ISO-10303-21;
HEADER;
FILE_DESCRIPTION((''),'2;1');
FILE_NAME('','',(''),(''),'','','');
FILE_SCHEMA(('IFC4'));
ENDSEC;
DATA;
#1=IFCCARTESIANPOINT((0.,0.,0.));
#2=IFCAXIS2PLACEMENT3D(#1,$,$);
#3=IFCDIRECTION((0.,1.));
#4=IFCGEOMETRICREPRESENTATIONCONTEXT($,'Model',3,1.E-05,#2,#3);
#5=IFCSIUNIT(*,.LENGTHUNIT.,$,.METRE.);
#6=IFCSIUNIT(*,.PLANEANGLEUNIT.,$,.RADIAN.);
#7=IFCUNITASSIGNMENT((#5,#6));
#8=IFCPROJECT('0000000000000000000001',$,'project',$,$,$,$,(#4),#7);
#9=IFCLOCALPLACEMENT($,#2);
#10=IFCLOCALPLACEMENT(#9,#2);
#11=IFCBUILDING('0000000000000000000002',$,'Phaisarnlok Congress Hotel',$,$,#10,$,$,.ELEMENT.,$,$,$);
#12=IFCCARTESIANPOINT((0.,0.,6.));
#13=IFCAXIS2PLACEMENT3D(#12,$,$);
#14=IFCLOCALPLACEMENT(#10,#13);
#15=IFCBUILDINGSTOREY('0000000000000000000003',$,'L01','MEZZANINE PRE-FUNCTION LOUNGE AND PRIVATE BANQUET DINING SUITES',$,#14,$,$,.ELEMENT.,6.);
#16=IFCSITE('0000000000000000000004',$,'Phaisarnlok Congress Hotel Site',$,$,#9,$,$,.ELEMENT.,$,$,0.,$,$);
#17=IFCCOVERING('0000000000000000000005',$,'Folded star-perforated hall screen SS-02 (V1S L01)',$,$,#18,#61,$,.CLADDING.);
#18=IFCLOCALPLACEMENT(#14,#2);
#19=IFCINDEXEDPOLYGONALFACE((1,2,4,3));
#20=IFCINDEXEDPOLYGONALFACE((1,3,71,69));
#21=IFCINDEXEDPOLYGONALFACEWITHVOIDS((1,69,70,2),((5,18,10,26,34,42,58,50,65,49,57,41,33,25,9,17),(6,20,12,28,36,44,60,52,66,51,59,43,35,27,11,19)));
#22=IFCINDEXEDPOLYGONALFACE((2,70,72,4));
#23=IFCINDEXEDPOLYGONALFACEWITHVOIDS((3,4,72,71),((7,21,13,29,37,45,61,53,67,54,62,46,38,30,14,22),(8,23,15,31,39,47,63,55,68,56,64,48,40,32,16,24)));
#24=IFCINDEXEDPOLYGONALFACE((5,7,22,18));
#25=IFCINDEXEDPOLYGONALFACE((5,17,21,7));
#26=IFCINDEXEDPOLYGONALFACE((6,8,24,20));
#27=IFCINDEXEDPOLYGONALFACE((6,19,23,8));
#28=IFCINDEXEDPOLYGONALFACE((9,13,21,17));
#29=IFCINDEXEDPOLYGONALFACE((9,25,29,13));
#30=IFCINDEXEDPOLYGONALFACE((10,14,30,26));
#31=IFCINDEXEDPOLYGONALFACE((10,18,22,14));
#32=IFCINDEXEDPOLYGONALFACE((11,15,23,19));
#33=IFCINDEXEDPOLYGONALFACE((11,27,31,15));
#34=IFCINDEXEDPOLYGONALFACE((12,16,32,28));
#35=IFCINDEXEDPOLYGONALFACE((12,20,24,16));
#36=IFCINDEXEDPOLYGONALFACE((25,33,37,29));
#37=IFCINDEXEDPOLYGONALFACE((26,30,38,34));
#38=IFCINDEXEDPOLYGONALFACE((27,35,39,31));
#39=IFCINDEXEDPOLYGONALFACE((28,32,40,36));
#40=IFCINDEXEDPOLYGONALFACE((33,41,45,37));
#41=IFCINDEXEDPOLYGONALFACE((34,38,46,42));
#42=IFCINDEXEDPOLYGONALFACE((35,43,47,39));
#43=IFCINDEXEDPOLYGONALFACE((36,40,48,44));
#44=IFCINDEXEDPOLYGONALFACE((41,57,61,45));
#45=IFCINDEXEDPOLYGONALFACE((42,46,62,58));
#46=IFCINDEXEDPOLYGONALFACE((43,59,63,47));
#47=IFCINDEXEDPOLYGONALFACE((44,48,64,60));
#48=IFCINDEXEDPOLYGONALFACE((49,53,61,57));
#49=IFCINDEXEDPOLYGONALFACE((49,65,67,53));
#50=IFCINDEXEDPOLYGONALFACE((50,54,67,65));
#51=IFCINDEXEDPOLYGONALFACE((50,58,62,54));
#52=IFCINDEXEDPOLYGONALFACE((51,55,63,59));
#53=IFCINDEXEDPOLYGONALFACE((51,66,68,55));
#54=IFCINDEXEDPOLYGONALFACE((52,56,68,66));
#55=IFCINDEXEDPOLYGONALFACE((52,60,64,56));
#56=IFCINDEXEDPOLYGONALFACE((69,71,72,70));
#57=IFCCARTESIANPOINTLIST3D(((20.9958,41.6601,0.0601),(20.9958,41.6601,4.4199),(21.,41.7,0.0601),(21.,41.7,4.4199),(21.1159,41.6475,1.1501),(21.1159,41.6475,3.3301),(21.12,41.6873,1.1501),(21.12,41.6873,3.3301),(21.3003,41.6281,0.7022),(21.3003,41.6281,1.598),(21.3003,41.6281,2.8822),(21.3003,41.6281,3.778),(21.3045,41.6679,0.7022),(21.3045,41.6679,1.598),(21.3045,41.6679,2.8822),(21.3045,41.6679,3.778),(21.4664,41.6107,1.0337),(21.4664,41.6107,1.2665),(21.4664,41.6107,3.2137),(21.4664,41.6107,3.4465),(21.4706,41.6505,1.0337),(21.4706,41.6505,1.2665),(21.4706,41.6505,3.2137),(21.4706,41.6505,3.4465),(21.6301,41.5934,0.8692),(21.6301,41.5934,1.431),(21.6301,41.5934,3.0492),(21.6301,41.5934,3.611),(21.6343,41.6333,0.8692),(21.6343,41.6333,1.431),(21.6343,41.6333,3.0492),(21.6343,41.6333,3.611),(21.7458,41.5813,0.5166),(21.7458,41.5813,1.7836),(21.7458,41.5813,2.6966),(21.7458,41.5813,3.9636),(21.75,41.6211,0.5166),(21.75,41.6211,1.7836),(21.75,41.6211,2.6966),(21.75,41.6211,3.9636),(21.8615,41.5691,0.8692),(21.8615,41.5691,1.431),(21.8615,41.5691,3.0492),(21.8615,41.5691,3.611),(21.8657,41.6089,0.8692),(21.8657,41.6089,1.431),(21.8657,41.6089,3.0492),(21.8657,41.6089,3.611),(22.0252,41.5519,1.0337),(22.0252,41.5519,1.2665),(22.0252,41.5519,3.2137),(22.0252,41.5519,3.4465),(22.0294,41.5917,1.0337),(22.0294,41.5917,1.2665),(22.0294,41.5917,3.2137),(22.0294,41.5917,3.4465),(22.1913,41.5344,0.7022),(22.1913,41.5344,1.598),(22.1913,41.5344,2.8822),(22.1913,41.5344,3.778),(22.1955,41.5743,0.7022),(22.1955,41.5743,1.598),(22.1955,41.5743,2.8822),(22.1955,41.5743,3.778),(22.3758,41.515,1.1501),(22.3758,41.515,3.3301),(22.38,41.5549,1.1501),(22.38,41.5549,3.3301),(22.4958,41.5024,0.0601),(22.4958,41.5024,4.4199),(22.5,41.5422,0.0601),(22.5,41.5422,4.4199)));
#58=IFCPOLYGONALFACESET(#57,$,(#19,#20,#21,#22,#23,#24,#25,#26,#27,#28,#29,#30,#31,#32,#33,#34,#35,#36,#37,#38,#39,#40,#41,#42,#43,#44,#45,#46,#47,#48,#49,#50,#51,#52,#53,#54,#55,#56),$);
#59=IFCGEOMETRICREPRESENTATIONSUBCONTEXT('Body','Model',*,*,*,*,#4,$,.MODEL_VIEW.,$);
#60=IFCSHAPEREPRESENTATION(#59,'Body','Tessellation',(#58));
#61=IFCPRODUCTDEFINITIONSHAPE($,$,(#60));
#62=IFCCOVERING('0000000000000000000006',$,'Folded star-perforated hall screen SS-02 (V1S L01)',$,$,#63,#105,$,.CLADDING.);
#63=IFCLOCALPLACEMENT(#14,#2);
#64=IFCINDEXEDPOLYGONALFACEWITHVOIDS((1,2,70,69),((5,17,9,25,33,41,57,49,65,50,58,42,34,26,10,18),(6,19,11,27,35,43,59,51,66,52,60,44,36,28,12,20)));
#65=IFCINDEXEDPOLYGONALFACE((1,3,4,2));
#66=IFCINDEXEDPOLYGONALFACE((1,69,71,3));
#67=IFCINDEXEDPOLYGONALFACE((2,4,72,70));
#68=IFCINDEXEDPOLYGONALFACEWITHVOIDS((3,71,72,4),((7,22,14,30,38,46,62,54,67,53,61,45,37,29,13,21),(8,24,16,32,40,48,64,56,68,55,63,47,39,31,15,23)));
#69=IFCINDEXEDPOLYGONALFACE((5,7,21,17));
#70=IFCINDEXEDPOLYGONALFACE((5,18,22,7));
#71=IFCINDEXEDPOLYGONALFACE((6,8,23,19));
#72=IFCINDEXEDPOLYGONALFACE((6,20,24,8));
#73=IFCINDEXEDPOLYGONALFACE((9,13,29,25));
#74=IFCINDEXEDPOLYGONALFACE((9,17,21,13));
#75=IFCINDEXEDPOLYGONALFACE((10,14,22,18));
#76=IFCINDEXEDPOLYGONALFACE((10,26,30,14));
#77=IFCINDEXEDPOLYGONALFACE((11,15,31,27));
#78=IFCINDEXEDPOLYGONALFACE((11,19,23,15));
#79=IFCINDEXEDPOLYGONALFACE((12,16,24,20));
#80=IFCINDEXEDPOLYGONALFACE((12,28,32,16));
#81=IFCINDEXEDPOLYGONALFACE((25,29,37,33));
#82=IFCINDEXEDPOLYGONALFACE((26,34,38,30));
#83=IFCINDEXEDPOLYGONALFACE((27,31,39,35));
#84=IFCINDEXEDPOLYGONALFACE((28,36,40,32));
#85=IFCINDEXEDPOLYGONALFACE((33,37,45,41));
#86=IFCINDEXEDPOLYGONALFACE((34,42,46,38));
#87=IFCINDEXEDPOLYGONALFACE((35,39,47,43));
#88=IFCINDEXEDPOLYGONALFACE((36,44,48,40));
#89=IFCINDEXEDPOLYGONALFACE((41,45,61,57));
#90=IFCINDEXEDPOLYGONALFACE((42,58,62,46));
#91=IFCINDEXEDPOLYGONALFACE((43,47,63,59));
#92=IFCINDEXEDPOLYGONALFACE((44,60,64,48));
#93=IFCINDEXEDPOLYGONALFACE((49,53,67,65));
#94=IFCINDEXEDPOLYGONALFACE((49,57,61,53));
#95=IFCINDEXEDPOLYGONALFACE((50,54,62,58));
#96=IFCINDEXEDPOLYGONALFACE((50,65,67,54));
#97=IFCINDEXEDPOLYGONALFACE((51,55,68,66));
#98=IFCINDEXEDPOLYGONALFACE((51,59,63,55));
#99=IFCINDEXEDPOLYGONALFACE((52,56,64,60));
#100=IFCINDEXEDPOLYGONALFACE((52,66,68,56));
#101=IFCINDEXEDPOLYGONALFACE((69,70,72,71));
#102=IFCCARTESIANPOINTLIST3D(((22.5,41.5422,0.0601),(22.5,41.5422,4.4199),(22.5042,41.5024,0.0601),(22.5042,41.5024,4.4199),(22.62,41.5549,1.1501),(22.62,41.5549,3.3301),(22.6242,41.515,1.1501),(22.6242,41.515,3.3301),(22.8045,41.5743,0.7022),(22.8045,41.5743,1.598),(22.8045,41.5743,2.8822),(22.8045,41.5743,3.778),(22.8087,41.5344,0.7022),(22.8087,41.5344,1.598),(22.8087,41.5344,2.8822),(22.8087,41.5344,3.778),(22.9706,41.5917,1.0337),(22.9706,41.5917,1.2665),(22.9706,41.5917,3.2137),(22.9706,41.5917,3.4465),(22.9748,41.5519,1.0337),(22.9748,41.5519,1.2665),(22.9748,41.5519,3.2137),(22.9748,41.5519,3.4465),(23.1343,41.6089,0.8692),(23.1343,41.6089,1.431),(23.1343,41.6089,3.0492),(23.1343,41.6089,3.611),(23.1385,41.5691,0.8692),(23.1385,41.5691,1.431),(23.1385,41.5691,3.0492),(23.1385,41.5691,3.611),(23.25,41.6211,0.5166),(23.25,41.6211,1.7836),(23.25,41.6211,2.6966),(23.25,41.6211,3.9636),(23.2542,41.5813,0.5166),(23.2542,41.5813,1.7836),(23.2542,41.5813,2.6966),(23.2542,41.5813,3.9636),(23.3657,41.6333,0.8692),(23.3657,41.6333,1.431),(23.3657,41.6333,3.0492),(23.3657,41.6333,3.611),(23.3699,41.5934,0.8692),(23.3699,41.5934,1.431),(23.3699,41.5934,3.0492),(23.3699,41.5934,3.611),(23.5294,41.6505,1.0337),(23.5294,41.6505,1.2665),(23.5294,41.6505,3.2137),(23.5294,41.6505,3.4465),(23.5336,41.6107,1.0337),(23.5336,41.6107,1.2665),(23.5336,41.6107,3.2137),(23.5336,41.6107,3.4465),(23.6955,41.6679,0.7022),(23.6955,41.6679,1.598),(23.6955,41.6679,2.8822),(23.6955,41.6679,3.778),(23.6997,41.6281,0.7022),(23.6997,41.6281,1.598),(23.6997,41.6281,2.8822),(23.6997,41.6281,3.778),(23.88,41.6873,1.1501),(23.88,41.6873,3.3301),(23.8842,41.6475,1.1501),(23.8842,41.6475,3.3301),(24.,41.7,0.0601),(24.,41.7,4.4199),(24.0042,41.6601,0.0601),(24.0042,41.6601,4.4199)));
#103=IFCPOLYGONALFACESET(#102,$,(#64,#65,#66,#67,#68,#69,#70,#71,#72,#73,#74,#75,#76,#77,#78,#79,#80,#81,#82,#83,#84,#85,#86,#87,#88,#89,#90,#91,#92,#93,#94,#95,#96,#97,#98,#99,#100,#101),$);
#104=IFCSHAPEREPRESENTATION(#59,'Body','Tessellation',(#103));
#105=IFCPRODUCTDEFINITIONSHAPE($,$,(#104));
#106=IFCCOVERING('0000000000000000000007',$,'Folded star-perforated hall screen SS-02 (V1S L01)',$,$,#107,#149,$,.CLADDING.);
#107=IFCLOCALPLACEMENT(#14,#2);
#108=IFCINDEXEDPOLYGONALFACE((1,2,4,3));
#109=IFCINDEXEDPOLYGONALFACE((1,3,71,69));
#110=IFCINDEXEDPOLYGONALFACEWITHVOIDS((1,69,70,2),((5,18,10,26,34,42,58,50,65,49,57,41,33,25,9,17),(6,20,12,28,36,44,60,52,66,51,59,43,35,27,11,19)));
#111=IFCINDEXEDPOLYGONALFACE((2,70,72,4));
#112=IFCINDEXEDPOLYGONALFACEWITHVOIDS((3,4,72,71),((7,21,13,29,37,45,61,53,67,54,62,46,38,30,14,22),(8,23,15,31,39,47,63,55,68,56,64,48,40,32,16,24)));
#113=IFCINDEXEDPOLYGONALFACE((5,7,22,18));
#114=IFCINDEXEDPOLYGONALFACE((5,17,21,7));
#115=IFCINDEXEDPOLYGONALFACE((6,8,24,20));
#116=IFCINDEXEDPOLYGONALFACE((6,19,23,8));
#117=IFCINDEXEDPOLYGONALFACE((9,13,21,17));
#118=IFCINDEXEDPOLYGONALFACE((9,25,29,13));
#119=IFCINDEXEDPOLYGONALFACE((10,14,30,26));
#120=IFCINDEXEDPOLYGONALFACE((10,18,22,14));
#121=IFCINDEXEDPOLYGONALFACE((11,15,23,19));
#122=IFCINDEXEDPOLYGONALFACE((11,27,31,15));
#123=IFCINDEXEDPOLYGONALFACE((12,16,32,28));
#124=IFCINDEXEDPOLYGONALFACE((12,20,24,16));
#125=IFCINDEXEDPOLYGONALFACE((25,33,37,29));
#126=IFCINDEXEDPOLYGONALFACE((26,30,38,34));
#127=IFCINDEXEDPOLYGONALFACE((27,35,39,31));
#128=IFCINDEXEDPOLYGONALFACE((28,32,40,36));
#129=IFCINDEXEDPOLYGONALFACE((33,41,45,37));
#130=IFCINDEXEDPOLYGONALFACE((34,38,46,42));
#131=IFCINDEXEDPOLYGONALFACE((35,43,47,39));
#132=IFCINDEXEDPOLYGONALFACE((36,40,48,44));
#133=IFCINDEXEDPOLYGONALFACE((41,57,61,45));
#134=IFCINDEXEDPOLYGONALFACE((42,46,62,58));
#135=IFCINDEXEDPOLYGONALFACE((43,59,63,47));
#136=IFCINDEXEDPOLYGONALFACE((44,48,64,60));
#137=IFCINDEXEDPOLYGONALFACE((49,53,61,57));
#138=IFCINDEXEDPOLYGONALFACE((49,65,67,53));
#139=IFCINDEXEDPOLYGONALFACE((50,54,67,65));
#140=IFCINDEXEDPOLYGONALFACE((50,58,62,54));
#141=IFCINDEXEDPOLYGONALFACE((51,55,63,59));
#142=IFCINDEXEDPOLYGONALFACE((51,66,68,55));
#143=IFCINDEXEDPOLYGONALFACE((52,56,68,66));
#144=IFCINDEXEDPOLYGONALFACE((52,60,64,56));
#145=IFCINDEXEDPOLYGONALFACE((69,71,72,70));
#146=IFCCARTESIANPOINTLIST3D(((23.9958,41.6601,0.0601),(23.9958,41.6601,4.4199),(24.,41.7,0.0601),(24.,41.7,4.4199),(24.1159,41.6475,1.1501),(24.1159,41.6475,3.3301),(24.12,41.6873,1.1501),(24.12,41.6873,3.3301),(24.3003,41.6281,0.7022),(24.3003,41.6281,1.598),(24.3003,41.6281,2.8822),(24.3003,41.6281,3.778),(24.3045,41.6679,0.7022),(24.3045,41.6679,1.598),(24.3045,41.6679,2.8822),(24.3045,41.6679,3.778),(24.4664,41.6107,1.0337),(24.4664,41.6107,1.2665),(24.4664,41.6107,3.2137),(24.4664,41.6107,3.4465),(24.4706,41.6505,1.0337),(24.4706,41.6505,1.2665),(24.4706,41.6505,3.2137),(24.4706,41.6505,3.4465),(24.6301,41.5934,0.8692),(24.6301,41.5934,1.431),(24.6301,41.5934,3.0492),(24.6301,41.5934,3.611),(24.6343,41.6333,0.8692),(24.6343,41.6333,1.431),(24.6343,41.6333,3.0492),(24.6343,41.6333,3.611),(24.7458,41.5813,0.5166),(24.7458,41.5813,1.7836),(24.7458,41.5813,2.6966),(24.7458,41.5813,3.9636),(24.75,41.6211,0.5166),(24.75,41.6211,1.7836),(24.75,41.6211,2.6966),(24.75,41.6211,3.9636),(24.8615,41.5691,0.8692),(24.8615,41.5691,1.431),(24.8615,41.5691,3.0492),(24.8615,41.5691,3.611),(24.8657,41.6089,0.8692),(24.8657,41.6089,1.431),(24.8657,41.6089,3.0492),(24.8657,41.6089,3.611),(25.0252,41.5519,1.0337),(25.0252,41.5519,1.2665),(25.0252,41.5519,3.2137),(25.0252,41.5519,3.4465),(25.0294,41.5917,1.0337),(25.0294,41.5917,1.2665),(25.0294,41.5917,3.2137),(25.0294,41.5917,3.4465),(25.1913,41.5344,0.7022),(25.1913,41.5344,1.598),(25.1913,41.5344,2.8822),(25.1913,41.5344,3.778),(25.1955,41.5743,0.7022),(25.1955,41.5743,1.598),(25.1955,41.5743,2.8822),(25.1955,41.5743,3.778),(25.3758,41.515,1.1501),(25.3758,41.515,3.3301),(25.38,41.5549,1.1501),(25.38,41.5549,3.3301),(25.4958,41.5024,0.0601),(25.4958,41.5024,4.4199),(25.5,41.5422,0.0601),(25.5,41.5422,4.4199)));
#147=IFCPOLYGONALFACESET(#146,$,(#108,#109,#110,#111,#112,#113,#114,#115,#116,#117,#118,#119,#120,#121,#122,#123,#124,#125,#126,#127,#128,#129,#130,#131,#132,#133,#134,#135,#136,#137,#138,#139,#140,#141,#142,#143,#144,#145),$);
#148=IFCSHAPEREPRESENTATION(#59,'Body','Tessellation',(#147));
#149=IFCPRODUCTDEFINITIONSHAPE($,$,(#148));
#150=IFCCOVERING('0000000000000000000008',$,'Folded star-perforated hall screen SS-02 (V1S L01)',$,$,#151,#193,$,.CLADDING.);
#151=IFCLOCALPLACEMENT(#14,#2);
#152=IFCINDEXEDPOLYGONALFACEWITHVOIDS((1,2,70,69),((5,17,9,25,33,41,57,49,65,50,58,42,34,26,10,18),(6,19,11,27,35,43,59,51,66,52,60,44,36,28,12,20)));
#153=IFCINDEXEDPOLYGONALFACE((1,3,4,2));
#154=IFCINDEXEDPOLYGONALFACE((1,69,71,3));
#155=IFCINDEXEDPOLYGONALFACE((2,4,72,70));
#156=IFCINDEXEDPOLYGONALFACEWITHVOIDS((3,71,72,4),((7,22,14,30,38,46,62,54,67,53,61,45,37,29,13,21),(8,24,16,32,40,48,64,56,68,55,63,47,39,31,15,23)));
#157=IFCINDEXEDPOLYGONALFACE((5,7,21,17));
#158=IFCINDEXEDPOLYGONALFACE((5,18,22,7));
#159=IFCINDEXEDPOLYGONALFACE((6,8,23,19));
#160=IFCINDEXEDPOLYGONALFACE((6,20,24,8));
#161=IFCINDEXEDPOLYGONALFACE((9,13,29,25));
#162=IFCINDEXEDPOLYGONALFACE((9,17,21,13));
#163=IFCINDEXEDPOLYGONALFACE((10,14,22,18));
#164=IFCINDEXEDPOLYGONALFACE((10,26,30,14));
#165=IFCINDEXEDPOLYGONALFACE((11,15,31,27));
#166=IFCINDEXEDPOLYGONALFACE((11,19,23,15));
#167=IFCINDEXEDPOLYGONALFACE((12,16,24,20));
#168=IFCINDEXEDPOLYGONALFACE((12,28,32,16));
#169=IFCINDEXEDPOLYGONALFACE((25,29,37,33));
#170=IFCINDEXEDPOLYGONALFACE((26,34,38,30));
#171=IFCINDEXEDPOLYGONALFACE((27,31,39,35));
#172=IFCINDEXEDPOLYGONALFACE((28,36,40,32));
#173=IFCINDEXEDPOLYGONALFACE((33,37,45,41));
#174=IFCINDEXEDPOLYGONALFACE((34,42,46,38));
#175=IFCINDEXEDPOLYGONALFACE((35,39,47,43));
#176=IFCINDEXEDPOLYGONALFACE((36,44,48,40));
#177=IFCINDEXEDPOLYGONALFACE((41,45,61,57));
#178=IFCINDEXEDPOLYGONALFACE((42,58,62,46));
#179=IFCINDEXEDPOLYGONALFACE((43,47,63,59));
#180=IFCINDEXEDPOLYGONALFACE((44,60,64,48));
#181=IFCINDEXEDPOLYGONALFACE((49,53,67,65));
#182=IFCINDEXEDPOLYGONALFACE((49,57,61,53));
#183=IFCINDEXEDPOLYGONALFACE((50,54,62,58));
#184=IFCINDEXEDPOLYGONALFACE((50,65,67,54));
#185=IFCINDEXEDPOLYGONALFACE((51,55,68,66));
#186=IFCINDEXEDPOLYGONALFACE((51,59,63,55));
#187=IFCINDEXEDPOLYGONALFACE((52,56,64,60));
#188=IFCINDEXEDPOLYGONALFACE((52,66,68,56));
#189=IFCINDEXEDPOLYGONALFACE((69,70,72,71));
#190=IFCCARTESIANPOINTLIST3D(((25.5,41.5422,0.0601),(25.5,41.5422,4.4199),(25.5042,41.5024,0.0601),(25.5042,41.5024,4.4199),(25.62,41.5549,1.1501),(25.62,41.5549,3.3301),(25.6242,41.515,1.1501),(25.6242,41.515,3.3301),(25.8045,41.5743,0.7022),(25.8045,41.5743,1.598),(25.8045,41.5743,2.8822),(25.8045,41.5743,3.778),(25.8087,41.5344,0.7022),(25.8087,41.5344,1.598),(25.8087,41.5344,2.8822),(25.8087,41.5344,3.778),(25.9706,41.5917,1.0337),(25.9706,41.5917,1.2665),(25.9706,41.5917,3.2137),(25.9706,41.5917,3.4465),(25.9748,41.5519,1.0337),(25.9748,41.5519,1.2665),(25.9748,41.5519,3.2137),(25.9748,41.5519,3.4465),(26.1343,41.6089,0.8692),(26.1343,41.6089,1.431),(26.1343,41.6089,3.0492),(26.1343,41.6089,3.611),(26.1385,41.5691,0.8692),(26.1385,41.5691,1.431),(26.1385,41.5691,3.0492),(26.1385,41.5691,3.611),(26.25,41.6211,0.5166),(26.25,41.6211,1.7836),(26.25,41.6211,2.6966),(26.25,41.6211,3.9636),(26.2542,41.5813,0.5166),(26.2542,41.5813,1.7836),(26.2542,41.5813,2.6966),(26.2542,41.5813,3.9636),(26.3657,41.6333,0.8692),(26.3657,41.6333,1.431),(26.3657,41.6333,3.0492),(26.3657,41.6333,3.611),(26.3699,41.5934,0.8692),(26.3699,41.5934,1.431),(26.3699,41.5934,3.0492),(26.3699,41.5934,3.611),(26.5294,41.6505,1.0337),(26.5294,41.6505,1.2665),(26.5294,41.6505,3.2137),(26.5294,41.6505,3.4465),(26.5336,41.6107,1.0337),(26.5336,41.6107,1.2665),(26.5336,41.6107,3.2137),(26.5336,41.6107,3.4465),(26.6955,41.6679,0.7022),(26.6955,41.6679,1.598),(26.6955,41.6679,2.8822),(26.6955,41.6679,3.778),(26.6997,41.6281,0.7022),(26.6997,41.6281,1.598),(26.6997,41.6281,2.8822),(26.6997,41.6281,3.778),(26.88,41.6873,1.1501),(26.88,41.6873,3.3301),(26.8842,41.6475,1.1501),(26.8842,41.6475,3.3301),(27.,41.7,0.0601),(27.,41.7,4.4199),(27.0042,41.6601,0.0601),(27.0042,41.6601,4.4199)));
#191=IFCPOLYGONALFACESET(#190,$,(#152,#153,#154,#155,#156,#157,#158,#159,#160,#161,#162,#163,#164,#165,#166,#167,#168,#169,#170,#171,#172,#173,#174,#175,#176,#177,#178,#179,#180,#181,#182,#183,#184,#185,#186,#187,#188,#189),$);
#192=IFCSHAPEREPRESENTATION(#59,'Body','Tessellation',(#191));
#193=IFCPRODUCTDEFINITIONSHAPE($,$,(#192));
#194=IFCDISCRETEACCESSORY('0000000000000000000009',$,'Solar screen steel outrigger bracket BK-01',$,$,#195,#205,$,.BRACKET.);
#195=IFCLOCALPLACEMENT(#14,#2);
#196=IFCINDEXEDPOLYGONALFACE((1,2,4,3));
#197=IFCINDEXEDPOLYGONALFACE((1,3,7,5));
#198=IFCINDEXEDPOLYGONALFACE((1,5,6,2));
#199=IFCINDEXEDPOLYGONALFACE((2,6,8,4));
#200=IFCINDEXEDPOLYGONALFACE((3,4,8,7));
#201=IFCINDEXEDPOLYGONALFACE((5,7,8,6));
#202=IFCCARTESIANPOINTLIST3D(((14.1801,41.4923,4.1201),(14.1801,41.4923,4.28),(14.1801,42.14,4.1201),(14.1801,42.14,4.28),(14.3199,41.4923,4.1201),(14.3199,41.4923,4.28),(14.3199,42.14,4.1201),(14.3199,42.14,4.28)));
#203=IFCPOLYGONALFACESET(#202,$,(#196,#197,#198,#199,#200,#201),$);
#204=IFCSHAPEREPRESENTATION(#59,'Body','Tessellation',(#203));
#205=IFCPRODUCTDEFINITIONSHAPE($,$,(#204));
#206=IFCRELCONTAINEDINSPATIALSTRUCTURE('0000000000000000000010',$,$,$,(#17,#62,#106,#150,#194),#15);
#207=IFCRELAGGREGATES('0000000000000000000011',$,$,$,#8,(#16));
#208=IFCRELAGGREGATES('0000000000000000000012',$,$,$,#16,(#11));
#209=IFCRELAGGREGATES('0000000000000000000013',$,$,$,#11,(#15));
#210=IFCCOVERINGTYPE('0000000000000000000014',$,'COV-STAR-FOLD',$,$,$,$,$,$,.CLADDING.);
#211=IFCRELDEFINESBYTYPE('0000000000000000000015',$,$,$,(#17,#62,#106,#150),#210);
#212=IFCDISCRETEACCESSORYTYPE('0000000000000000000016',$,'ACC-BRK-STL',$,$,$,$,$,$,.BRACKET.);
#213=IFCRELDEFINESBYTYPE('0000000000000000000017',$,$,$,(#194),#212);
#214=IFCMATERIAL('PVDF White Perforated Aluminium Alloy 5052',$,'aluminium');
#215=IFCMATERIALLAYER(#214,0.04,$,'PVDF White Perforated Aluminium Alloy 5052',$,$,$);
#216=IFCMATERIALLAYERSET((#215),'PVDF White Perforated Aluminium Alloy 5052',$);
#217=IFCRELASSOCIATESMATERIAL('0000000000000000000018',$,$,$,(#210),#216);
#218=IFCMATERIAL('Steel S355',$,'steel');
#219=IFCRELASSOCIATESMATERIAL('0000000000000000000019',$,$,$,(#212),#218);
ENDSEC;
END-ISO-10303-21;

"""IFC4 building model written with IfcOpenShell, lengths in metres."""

from ifc_helpers import new_model, si_unit, direction, frame, origin, origin_2d, place, context, subcontext, project, spatial, polyline, rectangle, outline, extrude, material, layer, layer_set, type_object, element, save


model = new_model("IFC4")

# Units and contexts
model_context = context("Model", 3, precision=1e-05, world=origin(), true_north=direction((0.0, 1.0)))
body_context = subcontext(model_context, "Body", "Model", "MODEL_VIEW")
ifc_project = project(units=[si_unit("LENGTHUNIT", "METRE"), si_unit("PLANEANGLEUNIT", "RADIAN")], contexts=[model_context])

# Site, building, storey
site_placement = place(None, origin())
site = spatial("IfcSite", under=ifc_project, at=site_placement, Name="Phaisarnlok Congress Hotel Site", CompositionType="ELEMENT", RefElevation=0.0)
building_placement = place(site_placement, origin())
building = spatial("IfcBuilding", under=site, at=building_placement, Name="Phaisarnlok Congress Hotel", CompositionType="ELEMENT")
storey_placement = place(building_placement, frame((0.0, 0.0, 6.0)))
storey = spatial("IfcBuildingStorey", under=building, at=storey_placement, Name="L01", Description="MEZZANINE PRE-FUNCTION LOUNGE AND PRIVATE BANQUET DINING SUITES", CompositionType="ELEMENT", Elevation=6.0)

# Coverings
ifc_material_1 = material(Name="PVDF White Perforated Aluminium Alloy 5052", Category="aluminium")
ifc_layer = layer(ifc_material_1, 0.04, Name="PVDF White Perforated Aluminium Alloy 5052")
ifc_layer_set = layer_set([ifc_layer], Name="PVDF White Perforated Aluminium Alloy 5052")
covering_type = type_object("IfcCoveringType", Name="COV-STAR-FOLD", PredefinedType="CLADDING", material=ifc_layer_set)
for number, where, z_axis, x_axis, name in (
    (1, (21.0, 41.7, 0.0601), (-0.104567, -0.994518, 0.0), (0.994518, -0.104567, 0.0), "Folded star-perforated hall screen SS-02 (V1S L01)"),
    (2, (22.5, 41.5422, 0.0601), (0.104567, -0.994518, 0.0), (0.994518, 0.104567, 0.0), "Folded star-perforated hall screen SS-02 (V1S L01)"),
    (3, (24.0, 41.7, 0.0601), (-0.104567, -0.994518, 0.0), (0.994518, -0.104567, 0.0), "Folded star-perforated hall screen SS-02 (V1S L01)"),
    (4, (25.5, 41.5422, 0.0601), (0.104567, -0.994518, 0.0), (0.994518, 0.104567, 0.0), "Folded star-perforated hall screen SS-02 (V1S L01)"),
):
    element("IfcCovering", number, at=place(storey_placement, frame(where, z_axis=z_axis, x_axis=x_axis)), inside=storey, type_object=covering_type, Name=name, PredefinedType="CLADDING", context=body_context, shape_type="SweptSolid", body=[
        extrude(outline(polyline([(0.0, 0.0), (1.5083, 0.0), (1.5083, 4.3599), (0.0, 4.3599), (0.0, 0.0)]), holes=[polyline([(1.0351, 0.9736), (1.2021, 0.6421), (0.8705, 0.8091), (0.7541, 0.4565), (0.6378, 0.8091), (0.3062, 0.6421), (0.4732, 0.9736), (0.1207, 1.09), (0.4732, 1.2064), (0.3062, 1.5379), (0.6378, 1.3709), (0.7541, 1.7235), (0.8705, 1.3709), (1.2021, 1.5379), (1.0351, 1.2064), (1.3876, 1.09), (1.0351, 0.9736)]), polyline([(1.0351, 3.1536), (1.2021, 2.8221), (0.8705, 2.9891), (0.7541, 2.6365), (0.6378, 2.9891), (0.3062, 2.8221), (0.4732, 3.1536), (0.1207, 3.27), (0.4732, 3.3864), (0.3062, 3.7179), (0.6378, 3.5509), (0.7541, 3.9035), (0.8705, 3.5509), (1.2021, 3.7179), (1.0351, 3.3864), (1.3876, 3.27), (1.0351, 3.1536)])]), origin(), (0.0, 0.0, 1.0), 0.04),
    ])

# Discrete accessory
ifc_material_2 = material(Name="Steel S355", Category="steel")
discrete_accessory_type = type_object("IfcDiscreteAccessoryType", Name="ACC-BRK-STL", PredefinedType="BRACKET", material=ifc_material_2)
for number, where, z_axis, x_axis, name in (
    (5, (14.25, 41.8162, 4.1201), (0.0, 0.0, 1.0), (1.0, 0.0, 0.0), "Solar screen steel outrigger bracket BK-01"),
):
    element("IfcDiscreteAccessory", number, at=place(storey_placement, frame(where, z_axis=z_axis, x_axis=x_axis)), inside=storey, type_object=discrete_accessory_type, Name=name, PredefinedType="BRACKET", context=body_context, shape_type="SweptSolid", body=[
        extrude(rectangle(XDim=0.1399, YDim=0.6477, at=origin_2d()), origin(), (0.0, 0.0, 1.0), 0.1599),
    ])

save(model, "model.ifc")
